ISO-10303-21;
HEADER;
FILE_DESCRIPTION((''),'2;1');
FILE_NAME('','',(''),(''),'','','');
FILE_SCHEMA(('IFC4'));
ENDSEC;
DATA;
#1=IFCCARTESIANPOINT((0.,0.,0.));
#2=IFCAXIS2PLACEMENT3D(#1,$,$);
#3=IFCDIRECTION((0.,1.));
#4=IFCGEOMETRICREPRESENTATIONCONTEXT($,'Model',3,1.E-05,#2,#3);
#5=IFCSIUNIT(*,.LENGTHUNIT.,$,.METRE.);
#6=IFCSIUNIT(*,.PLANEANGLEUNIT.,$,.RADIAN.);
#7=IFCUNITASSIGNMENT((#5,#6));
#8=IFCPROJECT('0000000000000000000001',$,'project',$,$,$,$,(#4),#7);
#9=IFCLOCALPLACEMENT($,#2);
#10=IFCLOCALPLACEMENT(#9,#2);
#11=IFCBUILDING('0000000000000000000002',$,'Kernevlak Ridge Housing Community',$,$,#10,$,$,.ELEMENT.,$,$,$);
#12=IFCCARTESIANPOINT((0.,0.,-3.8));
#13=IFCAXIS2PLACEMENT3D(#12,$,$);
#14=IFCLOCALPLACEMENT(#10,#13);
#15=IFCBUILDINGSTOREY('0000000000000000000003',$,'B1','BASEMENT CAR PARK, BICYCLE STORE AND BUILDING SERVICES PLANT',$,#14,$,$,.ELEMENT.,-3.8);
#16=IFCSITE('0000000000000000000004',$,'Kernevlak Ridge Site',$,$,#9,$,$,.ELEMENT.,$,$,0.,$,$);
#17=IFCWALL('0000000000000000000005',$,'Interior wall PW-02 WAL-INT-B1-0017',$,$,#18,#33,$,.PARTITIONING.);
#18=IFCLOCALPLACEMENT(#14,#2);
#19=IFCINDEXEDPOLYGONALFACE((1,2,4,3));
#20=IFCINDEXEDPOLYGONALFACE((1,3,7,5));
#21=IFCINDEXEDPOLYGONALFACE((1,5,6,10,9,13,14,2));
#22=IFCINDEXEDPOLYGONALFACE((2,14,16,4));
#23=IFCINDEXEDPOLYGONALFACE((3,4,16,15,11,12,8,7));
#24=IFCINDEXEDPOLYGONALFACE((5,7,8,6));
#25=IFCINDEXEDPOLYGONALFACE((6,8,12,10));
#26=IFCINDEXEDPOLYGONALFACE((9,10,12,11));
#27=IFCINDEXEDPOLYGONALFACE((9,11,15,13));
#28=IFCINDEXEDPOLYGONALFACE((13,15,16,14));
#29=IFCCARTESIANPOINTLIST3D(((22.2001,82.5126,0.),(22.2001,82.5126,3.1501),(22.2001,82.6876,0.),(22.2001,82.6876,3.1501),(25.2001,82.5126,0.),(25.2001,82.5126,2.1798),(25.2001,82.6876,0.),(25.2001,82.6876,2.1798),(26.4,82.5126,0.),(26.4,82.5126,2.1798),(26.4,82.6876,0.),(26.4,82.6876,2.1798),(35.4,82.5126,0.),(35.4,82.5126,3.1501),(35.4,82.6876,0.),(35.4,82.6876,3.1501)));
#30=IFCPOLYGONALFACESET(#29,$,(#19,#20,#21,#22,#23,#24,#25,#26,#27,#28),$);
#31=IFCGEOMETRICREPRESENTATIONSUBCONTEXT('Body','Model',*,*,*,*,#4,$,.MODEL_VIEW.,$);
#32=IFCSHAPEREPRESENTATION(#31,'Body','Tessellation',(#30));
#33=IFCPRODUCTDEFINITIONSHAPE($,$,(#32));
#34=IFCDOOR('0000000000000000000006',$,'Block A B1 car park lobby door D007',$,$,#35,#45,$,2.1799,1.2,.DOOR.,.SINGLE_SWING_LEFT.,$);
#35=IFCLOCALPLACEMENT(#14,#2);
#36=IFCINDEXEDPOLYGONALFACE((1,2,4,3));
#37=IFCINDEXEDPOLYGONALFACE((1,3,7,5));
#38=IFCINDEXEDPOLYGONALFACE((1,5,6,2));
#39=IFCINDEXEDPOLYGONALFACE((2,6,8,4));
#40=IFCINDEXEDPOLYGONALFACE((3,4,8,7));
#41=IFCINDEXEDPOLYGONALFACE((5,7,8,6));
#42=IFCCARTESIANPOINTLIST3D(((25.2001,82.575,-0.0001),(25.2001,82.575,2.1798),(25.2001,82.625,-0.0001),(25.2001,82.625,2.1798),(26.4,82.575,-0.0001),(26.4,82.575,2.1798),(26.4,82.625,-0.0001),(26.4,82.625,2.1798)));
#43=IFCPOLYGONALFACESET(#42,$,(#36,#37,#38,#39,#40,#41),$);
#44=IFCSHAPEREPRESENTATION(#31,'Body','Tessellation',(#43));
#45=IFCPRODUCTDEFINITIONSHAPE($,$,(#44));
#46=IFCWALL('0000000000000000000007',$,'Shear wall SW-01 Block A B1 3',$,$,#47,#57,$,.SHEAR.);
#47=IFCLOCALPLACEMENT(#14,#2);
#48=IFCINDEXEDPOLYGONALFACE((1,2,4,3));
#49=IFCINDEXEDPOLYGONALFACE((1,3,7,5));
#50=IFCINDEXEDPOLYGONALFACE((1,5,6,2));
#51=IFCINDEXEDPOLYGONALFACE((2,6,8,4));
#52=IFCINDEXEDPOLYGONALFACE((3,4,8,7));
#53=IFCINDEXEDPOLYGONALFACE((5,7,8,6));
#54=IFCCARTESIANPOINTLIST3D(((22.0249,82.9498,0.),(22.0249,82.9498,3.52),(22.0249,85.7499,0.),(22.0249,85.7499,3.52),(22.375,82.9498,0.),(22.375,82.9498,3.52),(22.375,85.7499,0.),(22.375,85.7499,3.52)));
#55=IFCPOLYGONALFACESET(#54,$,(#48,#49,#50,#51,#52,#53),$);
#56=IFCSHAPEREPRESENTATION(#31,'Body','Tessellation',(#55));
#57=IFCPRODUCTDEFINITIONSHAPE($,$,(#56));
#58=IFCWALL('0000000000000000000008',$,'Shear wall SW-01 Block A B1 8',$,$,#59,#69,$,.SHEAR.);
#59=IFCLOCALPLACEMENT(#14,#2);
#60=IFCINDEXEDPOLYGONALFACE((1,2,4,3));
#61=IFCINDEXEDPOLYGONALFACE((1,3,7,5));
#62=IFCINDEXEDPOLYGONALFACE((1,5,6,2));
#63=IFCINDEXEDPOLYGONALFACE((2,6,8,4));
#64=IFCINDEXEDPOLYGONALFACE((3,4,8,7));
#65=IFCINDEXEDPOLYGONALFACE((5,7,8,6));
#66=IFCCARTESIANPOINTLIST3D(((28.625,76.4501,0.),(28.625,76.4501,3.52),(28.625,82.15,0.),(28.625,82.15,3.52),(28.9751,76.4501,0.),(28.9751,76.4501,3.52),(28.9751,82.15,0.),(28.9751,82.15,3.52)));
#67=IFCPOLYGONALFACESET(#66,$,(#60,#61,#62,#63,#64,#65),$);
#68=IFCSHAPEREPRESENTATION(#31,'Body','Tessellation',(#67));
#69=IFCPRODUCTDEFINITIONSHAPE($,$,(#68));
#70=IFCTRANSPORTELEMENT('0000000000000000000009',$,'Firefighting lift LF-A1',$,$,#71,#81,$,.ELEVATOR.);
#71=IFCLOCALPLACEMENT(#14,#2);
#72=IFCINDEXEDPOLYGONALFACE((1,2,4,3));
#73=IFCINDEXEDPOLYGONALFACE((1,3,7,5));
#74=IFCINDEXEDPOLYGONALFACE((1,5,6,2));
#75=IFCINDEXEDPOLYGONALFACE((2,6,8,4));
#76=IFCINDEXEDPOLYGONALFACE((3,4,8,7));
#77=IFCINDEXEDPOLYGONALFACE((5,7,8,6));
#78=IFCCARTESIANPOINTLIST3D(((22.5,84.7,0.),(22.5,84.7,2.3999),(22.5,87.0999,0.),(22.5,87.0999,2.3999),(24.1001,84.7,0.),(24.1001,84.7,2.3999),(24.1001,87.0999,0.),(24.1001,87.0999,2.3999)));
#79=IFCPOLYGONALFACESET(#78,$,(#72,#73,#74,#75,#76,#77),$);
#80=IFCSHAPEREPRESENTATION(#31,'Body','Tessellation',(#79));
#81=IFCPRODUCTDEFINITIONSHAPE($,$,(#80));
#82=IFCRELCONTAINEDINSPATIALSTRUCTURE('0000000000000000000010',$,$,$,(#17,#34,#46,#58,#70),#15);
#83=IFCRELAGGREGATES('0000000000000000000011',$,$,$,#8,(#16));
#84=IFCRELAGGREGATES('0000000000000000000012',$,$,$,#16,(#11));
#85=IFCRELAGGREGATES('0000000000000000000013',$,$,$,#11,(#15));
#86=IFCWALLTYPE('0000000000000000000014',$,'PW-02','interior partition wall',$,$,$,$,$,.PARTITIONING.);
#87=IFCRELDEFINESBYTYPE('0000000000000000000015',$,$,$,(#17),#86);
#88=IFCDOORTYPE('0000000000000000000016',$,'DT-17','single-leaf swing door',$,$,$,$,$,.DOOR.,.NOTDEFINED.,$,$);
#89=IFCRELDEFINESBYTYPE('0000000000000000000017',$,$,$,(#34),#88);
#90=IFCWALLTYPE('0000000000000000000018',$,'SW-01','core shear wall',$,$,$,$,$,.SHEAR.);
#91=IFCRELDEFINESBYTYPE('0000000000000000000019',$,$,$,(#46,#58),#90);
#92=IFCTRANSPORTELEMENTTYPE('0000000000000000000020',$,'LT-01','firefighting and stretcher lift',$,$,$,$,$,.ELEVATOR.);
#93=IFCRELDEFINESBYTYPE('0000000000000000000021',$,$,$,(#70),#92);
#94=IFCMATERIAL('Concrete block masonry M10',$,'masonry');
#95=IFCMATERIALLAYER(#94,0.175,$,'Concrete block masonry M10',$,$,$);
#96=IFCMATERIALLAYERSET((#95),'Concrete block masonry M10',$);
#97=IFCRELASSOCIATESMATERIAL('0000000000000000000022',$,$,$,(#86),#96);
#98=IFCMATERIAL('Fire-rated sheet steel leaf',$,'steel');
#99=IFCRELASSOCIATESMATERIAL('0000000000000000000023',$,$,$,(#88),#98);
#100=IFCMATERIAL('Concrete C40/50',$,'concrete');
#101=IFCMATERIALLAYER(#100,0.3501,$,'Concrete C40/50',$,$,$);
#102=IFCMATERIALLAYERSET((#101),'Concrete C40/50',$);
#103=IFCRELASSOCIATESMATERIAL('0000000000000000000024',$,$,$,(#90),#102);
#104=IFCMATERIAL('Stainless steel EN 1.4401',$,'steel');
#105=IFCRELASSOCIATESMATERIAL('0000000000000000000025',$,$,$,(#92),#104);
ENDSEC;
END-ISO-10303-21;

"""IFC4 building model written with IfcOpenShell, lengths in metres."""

from ifc_helpers import new_model, si_unit, direction, frame, frame_2d, origin, origin_2d, place, context, subcontext, project, spatial, rectangle, extrude, material, layer, layer_set, type_object, element, fill, save


model = new_model("IFC4")

# Units and contexts
model_context = context("Model", 3, precision=1e-05, world=origin(), true_north=direction((0.0, 1.0)))
body_context = subcontext(model_context, "Body", "Model", "MODEL_VIEW")
ifc_project = project(units=[si_unit("LENGTHUNIT", "METRE"), si_unit("PLANEANGLEUNIT", "RADIAN")], contexts=[model_context])

# Site, building, storey
site_placement = place(None, origin())
site = spatial("IfcSite", under=ifc_project, at=site_placement, Name="Kernevlak Ridge Site", CompositionType="ELEMENT", RefElevation=0.0)
building_placement = place(site_placement, origin())
building = spatial("IfcBuilding", under=site, at=building_placement, Name="Kernevlak Ridge Housing Community", CompositionType="ELEMENT")
storey_placement = place(building_placement, frame((0.0, 0.0, -3.8)))
storey = spatial("IfcBuildingStorey", under=building, at=storey_placement, Name="B1", Description="BASEMENT CAR PARK, BICYCLE STORE AND BUILDING SERVICES PLANT", CompositionType="ELEMENT", Elevation=-3.8)

# Shared definitions
ifc_material_1 = material(Name="Concrete C40/50", Category="concrete")

# Shared definitions
ifc_material_2 = material(Name="Stainless steel EN 1.4401", Category="steel")

# Shared definitions
ifc_material_3 = material(Name="Concrete block masonry M10", Category="masonry")
ifc_layer_1 = layer(ifc_material_3, 0.175, Name="Concrete block masonry M10")
ifc_layer_set_1 = layer_set([ifc_layer_1], Name="Concrete block masonry M10")
wall_type_1 = type_object("IfcWallType", Name="PW-02", Description="interior partition wall", PredefinedType="PARTITIONING", material=ifc_layer_set_1)

# Wall, opening, door
wall_1_placement = place(storey_placement, frame((22.2, 82.6001, 0.0), z_axis=(0.0, 0.0, 1.0), x_axis=(1.0, 0.0, 0.0)))
wall_1 = element("IfcWall", 1, at=wall_1_placement, inside=storey, type_object=wall_type_1, Name="Interior wall PW-02 WAL-INT-B1-0017", PredefinedType="PARTITIONING", context=body_context, shape_type="SweptSolid", body=[
    extrude(rectangle(XDim=13.2, YDim=0.175, at=frame_2d((6.6001, 0.0))), origin(), (0.0, 0.0, 1.0), 3.1501),
])
opening_1_placement = place(wall_1_placement, frame((3.0, 0.0, 0.0)))
opening_1 = element("IfcOpeningElement", 2, at=opening_1_placement, cuts=wall_1, PredefinedType="OPENING", context=body_context, shape_type="SweptSolid", body=[
    extrude(rectangle(XDim=1.2, YDim=2.1799, at=frame_2d((0.6001, 1.0898))), frame((0.0, 0.0974, 0.0), z_axis=(0.0, -1.0, 0.0), x_axis=(1.0, 0.0, 0.0)), (0.0, 0.0, 1.0), 0.1951),
])
ifc_material_4 = material(Name="Fire-rated sheet steel leaf", Category="steel")
door_type_1 = type_object("IfcDoorType", Name="DT-17", Description="single-leaf swing door", OperationType="NOTDEFINED", PredefinedType="DOOR", material=ifc_material_4)
door_1_placement = place(opening_1_placement, origin())
door_1 = element("IfcDoor", 3, at=door_1_placement, inside=storey, type_object=door_type_1, Name="Block A B1 car park lobby door D007", OperationType="SINGLE_SWING_LEFT", OverallHeight=2.1799, OverallWidth=1.2, PredefinedType="DOOR", context=body_context, shape_type="SweptSolid", body=[
    extrude(rectangle(XDim=1.2, YDim=2.1799, at=frame_2d((0.6001, 1.0898))), frame((0.0, 0.0249, 0.0), z_axis=(0.0, -1.0, 0.0), x_axis=(1.0, 0.0, 0.0)), (0.0, 0.0, 1.0), 0.05),
])
fill(opening_1, door_1)

# Walls
ifc_layer_2 = layer(ifc_material_1, 0.3501, Name="Concrete C40/50")
ifc_layer_set_2 = layer_set([ifc_layer_2], Name="Concrete C40/50")
wall_type_2 = type_object("IfcWallType", Name="SW-01", Description="core shear wall", PredefinedType="SHEAR", material=ifc_layer_set_2)
wall_2_placement = place(storey_placement, frame((22.2, 82.95, 0.0), z_axis=(0.0, 0.0, 1.0), x_axis=(0.0, 1.0, 0.0)))
element("IfcWall", 4, at=wall_2_placement, inside=storey, type_object=wall_type_2, Name="Shear wall SW-01 Block A B1 3", PredefinedType="SHEAR", context=body_context, shape_type="SweptSolid", body=[
    extrude(rectangle(XDim=2.8, YDim=0.3501, at=frame_2d((1.3999, 0.0))), origin(), (0.0, 0.0, 1.0), 3.52),
])
wall_3_placement = place(storey_placement, frame((28.8, 76.45, 0.0), z_axis=(0.0, 0.0, 1.0), x_axis=(0.0, 1.0, 0.0)))
element("IfcWall", 5, at=wall_3_placement, inside=storey, type_object=wall_type_2, Name="Shear wall SW-01 Block A B1 8", PredefinedType="SHEAR", context=body_context, shape_type="SweptSolid", body=[
    extrude(rectangle(XDim=5.7, YDim=0.3501, at=frame_2d((2.8501, 0.0))), origin(), (0.0, 0.0, 1.0), 3.52),
])

# Transport element
transport_element_type = type_object("IfcTransportElementType", Name="LT-01", Description="firefighting and stretcher lift", PredefinedType="ELEVATOR", material=ifc_material_2)
transport_element_placement = place(storey_placement, frame((23.3, 85.8999, 0.0), z_axis=(0.0, 0.0, 1.0), x_axis=(1.0, 0.0, 0.0)))
element("IfcTransportElement", 6, at=transport_element_placement, inside=storey, type_object=transport_element_type, Name="Firefighting lift LF-A1", PredefinedType="ELEVATOR", context=body_context, shape_type="SweptSolid", body=[
    extrude(rectangle(XDim=1.6001, YDim=2.3999, at=origin_2d()), origin(), (0.0, 0.0, 1.0), 2.3999),
])

save(model, "model.ifc")
